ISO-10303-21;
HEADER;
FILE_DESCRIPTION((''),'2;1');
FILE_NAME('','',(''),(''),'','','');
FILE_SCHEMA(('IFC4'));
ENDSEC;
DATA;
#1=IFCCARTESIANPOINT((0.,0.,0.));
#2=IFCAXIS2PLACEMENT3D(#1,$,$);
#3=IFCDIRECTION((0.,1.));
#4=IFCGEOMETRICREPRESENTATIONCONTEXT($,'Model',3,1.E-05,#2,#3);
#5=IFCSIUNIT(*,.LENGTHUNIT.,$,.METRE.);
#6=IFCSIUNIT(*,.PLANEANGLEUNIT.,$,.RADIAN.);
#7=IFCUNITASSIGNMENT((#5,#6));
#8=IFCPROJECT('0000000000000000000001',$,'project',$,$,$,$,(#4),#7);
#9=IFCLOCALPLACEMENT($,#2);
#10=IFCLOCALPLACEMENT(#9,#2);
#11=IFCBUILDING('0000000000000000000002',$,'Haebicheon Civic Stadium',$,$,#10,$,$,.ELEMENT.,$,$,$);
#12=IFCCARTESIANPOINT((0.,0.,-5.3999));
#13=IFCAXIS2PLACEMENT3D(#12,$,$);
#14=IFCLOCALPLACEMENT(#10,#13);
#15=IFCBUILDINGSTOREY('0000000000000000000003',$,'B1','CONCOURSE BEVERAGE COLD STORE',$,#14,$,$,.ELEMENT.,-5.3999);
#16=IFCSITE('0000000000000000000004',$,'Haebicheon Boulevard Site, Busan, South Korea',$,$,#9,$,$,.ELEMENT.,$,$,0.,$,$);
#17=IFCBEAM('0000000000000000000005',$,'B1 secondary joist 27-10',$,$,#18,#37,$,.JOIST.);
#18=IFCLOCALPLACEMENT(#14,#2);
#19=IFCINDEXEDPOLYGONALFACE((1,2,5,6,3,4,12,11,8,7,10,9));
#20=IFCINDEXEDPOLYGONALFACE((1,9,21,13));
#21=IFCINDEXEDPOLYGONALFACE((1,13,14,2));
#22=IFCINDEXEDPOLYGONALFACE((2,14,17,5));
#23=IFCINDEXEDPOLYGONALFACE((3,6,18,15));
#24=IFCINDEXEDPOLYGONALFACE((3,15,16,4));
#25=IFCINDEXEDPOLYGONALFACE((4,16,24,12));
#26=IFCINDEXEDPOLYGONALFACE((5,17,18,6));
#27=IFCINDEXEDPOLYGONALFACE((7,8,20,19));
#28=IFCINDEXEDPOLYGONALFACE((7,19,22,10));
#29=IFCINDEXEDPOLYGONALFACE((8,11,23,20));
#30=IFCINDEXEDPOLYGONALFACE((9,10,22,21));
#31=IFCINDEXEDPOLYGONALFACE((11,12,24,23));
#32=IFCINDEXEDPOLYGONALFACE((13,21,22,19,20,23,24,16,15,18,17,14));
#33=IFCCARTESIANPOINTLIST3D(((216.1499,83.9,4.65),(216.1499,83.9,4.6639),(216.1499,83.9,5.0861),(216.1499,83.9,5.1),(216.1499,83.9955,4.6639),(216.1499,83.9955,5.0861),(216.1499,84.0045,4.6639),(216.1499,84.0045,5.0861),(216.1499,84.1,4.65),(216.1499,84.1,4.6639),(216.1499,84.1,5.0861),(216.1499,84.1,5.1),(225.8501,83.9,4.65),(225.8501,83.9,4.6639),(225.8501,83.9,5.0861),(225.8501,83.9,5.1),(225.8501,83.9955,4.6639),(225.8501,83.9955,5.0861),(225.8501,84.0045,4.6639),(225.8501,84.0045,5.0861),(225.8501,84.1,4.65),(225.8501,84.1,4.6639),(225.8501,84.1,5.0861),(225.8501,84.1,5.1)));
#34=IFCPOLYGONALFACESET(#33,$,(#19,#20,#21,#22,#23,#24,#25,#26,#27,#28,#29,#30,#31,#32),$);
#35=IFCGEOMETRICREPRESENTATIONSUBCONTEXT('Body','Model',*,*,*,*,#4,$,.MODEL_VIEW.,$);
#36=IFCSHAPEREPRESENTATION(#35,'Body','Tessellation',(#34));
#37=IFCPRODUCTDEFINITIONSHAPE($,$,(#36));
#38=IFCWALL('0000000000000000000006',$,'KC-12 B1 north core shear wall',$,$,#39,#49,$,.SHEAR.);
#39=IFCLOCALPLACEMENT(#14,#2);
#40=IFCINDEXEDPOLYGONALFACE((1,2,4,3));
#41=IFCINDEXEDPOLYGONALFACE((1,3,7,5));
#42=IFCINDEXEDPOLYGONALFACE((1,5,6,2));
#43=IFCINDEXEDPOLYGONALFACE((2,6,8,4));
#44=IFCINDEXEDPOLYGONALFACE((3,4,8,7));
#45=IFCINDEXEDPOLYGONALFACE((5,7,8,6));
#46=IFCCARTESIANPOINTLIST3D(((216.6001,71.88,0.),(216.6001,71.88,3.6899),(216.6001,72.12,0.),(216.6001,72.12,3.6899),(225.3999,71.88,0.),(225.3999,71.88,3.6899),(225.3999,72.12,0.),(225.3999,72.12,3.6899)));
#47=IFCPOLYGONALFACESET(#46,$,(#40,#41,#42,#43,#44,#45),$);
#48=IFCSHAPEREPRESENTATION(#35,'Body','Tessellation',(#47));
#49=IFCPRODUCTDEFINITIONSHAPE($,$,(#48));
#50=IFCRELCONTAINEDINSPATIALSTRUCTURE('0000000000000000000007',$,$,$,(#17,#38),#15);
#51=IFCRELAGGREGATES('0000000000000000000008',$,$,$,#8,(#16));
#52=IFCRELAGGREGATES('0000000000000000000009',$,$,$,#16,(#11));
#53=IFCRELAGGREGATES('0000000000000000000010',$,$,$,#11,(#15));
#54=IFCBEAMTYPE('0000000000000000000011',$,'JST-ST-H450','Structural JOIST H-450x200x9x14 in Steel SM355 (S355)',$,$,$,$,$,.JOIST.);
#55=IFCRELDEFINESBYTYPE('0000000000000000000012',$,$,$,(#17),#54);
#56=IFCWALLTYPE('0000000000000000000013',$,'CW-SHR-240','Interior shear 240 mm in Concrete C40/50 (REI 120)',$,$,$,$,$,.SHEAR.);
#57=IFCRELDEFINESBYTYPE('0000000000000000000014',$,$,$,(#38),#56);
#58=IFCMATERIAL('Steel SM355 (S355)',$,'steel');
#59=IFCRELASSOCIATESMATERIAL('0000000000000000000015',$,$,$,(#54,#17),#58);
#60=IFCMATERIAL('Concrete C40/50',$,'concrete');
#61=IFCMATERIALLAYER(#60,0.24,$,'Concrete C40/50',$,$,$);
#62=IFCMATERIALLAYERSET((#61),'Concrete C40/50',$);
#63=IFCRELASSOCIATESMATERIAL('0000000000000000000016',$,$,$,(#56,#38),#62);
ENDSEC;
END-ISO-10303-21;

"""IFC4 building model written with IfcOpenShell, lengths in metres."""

from ifc_helpers import new_model, si_unit, direction, frame, frame_2d, origin, origin_2d, place, context, subcontext, project, spatial, rectangle, i_section, extrude, material, layer, layer_set, material_profile, profile_set, type_object, element, save


model = new_model("IFC4")

# Units and contexts
model_context = context("Model", 3, precision=1e-05, world=origin(), true_north=direction((0.0, 1.0)))
body_context = subcontext(model_context, "Body", "Model", "MODEL_VIEW")
ifc_project = project(units=[si_unit("LENGTHUNIT", "METRE"), si_unit("PLANEANGLEUNIT", "RADIAN")], contexts=[model_context])

# Site, building, storey
site_placement = place(None, origin())
site = spatial("IfcSite", under=ifc_project, at=site_placement, Name="Haebicheon Boulevard Site, Busan, South Korea", CompositionType="ELEMENT", RefElevation=0.0)
building_placement = place(site_placement, origin())
building = spatial("IfcBuilding", under=site, at=building_placement, Name="Haebicheon Civic Stadium", CompositionType="ELEMENT")
storey_placement = place(building_placement, frame((0.0, 0.0, -5.3999)))
storey = spatial("IfcBuildingStorey", under=building, at=storey_placement, Name="B1", Description="CONCOURSE BEVERAGE COLD STORE", CompositionType="ELEMENT", Elevation=-5.3999)

# Beam
ifc_material_1 = material(Name="Steel SM355 (S355)", Category="steel")
ifc_material_profile_1 = material_profile(ifc_material_1, i_section(OverallWidth=0.2, OverallDepth=0.45, WebThickness=0.009, FlangeThickness=0.0139, at=origin_2d()), Name="H-450x200x9x14")
ifc_profile_set_1 = profile_set([ifc_material_profile_1], Name="Steel SM355 (S355)")
beam_type_1 = type_object("IfcBeamType", Name="JST-ST-H450", Description="Structural JOIST H-450x200x9x14 in Steel SM355 (S355)", PredefinedType="JOIST", material=ifc_profile_set_1)
for number, where, z_axis, x_axis, name in (
    (1, (216.1499, 84.0, 4.875), (1.0, 0.0, 0.0), (0.0, 1.0, 0.0), "B1 secondary joist 27-10"),
):
    element("IfcBeam", number, at=place(storey_placement, frame(where, z_axis=z_axis, x_axis=x_axis)), inside=storey, type_object=beam_type_1, material=ifc_profile_set_1, Name=name, PredefinedType="JOIST", context=body_context, shape_type="SweptSolid", body=[
        extrude(i_section(OverallWidth=0.2, OverallDepth=0.45, WebThickness=0.009, FlangeThickness=0.0139, at=origin_2d()), origin(), (0.0, 0.0, 1.0), 9.7002),
    ])

# Wall
ifc_material_2 = material(Name="Concrete C40/50", Category="concrete")
ifc_layer_1 = layer(ifc_material_2, 0.24, Name="Concrete C40/50")
ifc_layer_set_1 = layer_set([ifc_layer_1], Name="Concrete C40/50")
wall_type = type_object("IfcWallType", Name="CW-SHR-240", Description="Interior shear 240 mm in Concrete C40/50 (REI 120)", PredefinedType="SHEAR", material=ifc_layer_set_1)
wall_placement = place(storey_placement, frame((216.6001, 72.0, 0.0), z_axis=(0.0, 0.0, 1.0), x_axis=(1.0, 0.0, 0.0)))
element("IfcWall", 2, at=wall_placement, inside=storey, type_object=wall_type, material=ifc_layer_set_1, Name="KC-12 B1 north core shear wall", PredefinedType="SHEAR", context=body_context, shape_type="SweptSolid", body=[
    extrude(rectangle(XDim=8.7998, YDim=0.24, at=frame_2d((4.3999, 0.0))), origin(), (0.0, 0.0, 1.0), 3.6899),
])

save(model, "model.ifc")
